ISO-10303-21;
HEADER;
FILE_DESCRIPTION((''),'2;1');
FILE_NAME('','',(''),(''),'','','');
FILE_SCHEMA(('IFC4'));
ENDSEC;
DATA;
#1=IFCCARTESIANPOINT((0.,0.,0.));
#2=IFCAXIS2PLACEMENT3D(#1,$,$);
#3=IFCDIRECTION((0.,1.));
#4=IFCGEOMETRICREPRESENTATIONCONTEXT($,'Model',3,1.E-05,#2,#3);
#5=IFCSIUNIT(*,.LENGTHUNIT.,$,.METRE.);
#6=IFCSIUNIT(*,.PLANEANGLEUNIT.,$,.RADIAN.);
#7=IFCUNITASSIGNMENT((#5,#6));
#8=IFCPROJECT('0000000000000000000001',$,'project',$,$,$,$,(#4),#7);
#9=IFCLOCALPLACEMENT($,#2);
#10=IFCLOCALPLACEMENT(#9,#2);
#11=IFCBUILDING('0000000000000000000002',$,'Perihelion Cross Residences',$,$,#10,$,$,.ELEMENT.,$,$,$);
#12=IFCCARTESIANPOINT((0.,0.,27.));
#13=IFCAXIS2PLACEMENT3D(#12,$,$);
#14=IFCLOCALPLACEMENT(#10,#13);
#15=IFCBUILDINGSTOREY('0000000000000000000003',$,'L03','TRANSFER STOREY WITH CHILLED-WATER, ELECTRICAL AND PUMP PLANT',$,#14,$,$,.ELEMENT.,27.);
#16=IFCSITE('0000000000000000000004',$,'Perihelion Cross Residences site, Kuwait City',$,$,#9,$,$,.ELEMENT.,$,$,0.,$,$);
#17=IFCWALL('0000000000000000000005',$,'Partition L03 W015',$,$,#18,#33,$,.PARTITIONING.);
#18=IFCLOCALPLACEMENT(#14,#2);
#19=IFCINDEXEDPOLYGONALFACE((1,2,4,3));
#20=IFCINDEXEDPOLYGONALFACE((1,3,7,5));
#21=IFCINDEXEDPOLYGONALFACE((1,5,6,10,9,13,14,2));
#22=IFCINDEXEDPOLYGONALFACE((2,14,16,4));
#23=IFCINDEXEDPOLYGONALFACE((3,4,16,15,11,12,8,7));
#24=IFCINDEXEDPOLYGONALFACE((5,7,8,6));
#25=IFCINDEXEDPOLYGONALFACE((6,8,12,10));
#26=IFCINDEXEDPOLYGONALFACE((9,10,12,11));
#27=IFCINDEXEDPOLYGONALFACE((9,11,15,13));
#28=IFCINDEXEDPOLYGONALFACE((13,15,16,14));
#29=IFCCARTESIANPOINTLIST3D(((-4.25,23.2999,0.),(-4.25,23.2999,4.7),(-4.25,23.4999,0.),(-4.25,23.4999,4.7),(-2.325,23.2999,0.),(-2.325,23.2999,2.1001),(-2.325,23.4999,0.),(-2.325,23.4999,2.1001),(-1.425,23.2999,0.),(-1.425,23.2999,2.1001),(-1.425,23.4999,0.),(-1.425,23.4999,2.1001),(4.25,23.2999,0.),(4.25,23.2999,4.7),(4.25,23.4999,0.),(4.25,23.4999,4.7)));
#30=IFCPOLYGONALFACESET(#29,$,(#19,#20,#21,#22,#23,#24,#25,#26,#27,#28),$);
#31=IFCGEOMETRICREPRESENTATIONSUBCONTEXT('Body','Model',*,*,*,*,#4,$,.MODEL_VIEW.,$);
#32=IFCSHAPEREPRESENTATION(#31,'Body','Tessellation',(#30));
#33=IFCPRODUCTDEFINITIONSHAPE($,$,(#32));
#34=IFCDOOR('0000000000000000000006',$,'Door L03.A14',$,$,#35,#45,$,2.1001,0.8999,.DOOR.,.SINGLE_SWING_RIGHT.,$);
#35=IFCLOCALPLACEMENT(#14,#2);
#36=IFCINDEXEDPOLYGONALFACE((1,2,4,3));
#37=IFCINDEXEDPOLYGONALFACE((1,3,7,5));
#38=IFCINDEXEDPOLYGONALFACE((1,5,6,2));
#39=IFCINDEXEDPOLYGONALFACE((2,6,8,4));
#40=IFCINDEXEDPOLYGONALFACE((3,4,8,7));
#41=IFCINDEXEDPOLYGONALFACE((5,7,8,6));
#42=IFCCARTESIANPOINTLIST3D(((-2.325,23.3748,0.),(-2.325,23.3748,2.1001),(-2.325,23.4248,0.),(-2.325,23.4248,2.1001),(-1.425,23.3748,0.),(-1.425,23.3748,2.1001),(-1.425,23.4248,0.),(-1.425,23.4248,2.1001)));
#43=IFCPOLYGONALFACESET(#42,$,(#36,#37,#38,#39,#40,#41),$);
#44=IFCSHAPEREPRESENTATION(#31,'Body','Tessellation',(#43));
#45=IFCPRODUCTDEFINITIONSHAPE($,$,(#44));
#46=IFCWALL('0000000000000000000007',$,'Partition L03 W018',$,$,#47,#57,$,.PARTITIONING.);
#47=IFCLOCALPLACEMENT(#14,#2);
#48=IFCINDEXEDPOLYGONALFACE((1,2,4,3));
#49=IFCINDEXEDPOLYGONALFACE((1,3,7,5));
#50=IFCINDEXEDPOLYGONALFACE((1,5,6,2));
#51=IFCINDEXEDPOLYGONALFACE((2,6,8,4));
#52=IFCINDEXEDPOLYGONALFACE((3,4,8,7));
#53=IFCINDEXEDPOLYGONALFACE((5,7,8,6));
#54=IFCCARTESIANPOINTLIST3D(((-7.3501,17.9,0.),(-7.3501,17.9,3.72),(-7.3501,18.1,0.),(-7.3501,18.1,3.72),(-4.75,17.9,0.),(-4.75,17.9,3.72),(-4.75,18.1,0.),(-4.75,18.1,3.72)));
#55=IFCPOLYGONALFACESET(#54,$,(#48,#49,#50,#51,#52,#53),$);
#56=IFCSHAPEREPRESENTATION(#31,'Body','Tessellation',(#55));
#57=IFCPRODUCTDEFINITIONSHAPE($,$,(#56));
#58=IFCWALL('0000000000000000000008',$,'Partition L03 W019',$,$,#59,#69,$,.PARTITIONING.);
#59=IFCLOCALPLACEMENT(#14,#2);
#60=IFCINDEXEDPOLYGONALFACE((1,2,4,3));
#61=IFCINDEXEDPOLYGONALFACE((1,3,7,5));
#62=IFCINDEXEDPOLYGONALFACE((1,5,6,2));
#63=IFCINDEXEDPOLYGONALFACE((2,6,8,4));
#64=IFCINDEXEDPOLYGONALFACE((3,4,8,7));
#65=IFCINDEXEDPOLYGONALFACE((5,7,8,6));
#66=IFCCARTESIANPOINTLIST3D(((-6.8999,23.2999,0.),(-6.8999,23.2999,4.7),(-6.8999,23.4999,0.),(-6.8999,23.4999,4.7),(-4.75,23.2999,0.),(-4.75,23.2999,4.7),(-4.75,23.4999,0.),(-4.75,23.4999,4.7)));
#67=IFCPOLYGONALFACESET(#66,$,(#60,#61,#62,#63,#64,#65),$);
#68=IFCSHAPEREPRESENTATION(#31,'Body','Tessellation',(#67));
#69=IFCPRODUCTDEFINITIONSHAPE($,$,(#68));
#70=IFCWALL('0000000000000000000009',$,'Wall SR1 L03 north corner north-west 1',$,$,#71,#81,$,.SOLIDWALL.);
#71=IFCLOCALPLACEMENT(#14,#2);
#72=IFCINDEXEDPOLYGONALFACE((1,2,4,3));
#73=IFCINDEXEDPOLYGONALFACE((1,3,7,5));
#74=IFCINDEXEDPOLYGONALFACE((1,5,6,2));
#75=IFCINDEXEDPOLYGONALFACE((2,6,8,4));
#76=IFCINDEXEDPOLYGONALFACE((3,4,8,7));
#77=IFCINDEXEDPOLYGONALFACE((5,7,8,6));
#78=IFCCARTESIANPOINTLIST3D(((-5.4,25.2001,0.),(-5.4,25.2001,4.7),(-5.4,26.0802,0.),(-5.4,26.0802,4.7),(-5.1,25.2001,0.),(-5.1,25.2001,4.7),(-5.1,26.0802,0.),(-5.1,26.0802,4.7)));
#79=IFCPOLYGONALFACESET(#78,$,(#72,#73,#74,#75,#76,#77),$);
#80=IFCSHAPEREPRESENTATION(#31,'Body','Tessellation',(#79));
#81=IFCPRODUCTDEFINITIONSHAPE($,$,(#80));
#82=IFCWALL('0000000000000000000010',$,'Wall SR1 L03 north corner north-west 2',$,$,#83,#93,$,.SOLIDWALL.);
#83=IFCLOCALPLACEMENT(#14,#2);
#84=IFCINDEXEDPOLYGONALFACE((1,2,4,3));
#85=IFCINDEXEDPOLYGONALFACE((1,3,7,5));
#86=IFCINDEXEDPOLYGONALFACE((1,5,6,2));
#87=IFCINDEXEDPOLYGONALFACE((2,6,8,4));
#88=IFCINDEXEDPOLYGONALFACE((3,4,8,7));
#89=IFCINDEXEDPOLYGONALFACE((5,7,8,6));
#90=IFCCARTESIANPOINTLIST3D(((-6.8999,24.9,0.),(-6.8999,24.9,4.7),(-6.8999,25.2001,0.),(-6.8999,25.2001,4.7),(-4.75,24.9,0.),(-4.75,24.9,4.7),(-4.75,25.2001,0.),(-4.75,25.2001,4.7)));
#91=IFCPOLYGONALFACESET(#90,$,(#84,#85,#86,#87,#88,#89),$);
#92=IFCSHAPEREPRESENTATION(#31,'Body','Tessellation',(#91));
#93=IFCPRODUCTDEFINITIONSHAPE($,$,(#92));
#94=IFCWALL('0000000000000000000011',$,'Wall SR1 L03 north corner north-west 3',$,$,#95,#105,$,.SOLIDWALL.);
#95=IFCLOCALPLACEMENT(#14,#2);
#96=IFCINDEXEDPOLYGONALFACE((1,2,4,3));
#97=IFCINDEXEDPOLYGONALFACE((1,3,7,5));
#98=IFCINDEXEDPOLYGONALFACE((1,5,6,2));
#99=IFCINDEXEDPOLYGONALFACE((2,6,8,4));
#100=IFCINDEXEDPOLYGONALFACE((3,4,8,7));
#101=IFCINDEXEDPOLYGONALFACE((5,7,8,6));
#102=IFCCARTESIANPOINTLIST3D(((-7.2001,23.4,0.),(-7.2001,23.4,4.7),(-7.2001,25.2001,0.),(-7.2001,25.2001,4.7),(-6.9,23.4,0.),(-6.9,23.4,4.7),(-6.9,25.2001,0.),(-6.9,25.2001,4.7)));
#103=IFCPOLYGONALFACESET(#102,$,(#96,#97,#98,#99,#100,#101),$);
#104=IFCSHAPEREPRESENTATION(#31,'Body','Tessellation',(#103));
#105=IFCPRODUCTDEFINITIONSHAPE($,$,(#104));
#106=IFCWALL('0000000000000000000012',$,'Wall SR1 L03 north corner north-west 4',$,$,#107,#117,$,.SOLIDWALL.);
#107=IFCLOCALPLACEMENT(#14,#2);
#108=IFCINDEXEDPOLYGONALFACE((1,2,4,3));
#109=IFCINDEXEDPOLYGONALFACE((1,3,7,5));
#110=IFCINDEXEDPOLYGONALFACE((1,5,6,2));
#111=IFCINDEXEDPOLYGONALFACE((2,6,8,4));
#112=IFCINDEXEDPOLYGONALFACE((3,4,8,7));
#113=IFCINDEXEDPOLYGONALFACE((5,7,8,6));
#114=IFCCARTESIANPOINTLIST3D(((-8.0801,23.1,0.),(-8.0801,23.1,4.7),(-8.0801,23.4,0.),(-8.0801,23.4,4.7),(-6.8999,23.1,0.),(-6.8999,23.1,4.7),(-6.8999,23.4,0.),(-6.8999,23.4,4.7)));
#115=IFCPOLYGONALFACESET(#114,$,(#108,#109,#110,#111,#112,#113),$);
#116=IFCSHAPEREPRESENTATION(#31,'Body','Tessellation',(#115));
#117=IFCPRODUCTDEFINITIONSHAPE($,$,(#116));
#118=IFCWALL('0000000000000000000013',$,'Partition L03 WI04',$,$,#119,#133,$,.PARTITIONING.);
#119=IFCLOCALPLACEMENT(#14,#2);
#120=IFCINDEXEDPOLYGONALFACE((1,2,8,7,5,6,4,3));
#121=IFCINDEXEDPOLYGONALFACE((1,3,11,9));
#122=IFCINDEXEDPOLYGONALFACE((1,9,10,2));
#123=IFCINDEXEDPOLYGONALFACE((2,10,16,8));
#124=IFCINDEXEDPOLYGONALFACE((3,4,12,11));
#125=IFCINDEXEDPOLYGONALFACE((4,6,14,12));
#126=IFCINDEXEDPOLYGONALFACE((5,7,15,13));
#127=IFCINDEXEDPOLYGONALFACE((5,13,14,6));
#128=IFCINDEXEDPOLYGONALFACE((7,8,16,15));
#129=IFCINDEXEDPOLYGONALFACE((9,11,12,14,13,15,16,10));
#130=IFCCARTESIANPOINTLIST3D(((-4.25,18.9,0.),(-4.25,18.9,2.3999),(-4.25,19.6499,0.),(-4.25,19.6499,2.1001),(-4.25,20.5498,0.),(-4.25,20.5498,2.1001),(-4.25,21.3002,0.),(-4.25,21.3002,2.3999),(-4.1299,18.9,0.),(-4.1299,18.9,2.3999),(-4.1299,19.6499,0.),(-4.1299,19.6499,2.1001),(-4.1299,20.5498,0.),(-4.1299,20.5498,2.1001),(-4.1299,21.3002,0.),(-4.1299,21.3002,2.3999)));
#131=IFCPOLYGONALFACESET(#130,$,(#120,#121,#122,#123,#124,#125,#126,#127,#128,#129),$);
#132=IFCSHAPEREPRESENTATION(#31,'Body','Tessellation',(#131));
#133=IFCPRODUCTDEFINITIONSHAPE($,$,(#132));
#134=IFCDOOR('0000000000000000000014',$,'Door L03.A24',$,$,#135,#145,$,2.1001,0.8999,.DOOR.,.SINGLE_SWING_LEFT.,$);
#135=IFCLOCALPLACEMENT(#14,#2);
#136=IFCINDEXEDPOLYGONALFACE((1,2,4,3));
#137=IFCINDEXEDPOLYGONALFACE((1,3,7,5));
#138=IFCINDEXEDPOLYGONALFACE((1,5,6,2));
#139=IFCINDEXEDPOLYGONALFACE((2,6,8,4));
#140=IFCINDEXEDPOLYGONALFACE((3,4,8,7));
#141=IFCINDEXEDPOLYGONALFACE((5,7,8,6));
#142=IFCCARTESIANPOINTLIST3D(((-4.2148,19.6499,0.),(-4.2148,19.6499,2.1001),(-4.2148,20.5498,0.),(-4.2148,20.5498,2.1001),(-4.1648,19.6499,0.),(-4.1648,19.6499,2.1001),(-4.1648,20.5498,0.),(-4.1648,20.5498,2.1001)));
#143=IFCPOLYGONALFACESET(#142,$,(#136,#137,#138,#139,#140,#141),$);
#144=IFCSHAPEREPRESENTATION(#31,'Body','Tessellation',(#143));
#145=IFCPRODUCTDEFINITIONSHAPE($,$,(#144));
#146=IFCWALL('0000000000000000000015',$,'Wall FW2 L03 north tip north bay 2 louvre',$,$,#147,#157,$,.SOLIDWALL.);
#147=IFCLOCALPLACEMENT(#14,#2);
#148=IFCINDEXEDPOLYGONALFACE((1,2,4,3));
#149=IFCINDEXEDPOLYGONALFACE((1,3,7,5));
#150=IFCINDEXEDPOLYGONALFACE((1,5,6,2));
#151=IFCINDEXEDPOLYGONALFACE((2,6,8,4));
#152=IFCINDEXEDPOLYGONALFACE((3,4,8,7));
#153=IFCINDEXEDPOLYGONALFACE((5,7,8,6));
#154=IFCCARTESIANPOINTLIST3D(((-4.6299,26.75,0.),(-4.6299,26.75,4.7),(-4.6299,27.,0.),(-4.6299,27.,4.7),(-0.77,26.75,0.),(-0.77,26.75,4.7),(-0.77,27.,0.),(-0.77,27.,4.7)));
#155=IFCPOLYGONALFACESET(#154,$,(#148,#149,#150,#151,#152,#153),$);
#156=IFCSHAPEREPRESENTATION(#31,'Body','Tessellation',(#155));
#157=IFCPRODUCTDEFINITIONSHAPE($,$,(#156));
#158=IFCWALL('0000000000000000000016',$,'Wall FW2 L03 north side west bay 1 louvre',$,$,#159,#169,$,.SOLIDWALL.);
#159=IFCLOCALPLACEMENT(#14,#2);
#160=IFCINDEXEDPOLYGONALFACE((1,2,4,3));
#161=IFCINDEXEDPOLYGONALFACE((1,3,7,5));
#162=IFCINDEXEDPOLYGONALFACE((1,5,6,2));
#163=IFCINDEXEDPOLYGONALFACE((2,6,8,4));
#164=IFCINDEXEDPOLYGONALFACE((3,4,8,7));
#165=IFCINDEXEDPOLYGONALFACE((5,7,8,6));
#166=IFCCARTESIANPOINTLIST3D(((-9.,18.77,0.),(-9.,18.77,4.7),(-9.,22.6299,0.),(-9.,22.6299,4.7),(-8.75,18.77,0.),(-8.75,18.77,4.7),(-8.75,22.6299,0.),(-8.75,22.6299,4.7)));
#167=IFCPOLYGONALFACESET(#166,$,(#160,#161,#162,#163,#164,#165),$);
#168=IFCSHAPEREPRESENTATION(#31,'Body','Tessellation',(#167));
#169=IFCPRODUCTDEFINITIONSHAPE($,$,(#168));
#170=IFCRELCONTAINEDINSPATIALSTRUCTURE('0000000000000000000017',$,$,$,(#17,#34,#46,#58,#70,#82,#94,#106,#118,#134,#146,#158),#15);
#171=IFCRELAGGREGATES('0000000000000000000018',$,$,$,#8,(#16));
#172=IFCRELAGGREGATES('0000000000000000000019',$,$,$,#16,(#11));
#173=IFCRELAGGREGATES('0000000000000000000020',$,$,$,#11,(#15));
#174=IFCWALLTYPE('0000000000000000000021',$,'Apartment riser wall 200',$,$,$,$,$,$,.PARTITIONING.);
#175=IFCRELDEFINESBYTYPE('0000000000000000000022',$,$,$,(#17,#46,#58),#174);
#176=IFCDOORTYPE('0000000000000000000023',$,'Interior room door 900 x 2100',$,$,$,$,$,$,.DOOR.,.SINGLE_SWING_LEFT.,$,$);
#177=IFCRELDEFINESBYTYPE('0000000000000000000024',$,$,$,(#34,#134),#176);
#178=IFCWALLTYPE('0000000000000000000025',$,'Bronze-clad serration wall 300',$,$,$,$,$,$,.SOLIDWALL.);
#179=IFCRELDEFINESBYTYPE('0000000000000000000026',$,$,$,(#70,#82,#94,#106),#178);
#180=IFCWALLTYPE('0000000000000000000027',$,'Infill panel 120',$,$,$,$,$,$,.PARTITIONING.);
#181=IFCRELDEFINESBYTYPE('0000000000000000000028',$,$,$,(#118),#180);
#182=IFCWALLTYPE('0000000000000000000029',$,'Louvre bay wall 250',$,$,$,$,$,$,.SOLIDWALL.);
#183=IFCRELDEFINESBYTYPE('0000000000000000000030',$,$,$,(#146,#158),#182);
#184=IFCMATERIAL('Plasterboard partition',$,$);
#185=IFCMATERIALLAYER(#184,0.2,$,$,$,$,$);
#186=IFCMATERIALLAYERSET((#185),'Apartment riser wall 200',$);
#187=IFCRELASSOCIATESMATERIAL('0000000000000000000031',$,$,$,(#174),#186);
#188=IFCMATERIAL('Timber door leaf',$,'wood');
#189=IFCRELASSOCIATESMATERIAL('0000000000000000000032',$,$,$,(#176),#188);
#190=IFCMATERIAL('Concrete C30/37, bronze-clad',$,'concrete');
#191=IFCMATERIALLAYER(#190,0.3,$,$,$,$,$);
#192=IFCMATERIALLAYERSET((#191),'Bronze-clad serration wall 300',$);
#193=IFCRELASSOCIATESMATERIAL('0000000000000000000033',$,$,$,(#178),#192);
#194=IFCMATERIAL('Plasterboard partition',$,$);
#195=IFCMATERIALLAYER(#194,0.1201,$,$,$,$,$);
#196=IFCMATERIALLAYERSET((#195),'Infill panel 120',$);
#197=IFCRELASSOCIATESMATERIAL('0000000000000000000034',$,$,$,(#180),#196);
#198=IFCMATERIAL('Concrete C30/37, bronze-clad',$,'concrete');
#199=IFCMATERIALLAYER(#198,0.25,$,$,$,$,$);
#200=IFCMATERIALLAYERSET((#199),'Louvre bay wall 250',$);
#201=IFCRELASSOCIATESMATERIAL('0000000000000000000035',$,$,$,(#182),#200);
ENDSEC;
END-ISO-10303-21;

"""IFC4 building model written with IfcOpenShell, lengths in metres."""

from ifc_helpers import new_model, si_unit, direction, frame, frame_2d, origin, place, context, subcontext, project, spatial, rectangle, extrude, material, layer, layer_set, type_object, element, fill, save


model = new_model("IFC4")

# Units and contexts
model_context = context("Model", 3, precision=1e-05, world=origin(), true_north=direction((0.0, 1.0)))
body_context = subcontext(model_context, "Body", "Model", "MODEL_VIEW")
ifc_project = project(units=[si_unit("LENGTHUNIT", "METRE"), si_unit("PLANEANGLEUNIT", "RADIAN")], contexts=[model_context])

# Site, building, storey
site_placement = place(None, origin())
site = spatial("IfcSite", under=ifc_project, at=site_placement, Name="Perihelion Cross Residences site, Kuwait City", CompositionType="ELEMENT", RefElevation=0.0)
building_placement = place(site_placement, origin())
building = spatial("IfcBuilding", under=site, at=building_placement, Name="Perihelion Cross Residences", CompositionType="ELEMENT")
storey_placement = place(building_placement, frame((0.0, 0.0, 27.0)))
storey = spatial("IfcBuildingStorey", under=building, at=storey_placement, Name="L03", Description="TRANSFER STOREY WITH CHILLED-WATER, ELECTRICAL AND PUMP PLANT", CompositionType="ELEMENT", Elevation=27.0)

# Wall, opening, door
ifc_material_1 = material(Name="Plasterboard partition")
ifc_layer_1 = layer(ifc_material_1, 0.2)
ifc_layer_set_1 = layer_set([ifc_layer_1], Name="Apartment riser wall 200")
wall_type_1 = type_object("IfcWallType", Name="Apartment riser wall 200", PredefinedType="PARTITIONING", material=ifc_layer_set_1)
ifc_material_2 = material(Name="Timber door leaf", Category="wood")
door_type = type_object("IfcDoorType", Name="Interior room door 900 x 2100", OperationType="SINGLE_SWING_LEFT", PredefinedType="DOOR", material=ifc_material_2)
wall_1_placement = place(storey_placement, frame((-4.25, 23.3999, 0.0), z_axis=(0.0, 0.0, 1.0), x_axis=(1.0, 0.0, 0.0)))
wall_1 = element("IfcWall", 1, at=wall_1_placement, inside=storey, type_object=wall_type_1, Name="Partition L03 W015", PredefinedType="PARTITIONING", context=body_context, shape_type="SweptSolid", body=[
    extrude(rectangle(XDim=8.5, YDim=0.2, at=frame_2d((4.25, 0.0))), origin(), (0.0, 0.0, 1.0), 4.7),
])
opening_1_placement = place(wall_1_placement, frame((1.925, 0.0, 0.0)))
opening_1 = element("IfcOpeningElement", 2, at=opening_1_placement, cuts=wall_1, PredefinedType="OPENING", context=body_context, shape_type="SweptSolid", body=[
    extrude(rectangle(XDim=0.8999, YDim=2.1001, at=frame_2d((0.45, 1.05))), frame((0.0, 0.1099, 0.0), z_axis=(0.0, -1.0, 0.0), x_axis=(1.0, 0.0, 0.0)), (0.0, 0.0, 1.0), 0.22),
])
door_1_placement = place(opening_1_placement, origin())
door_1 = element("IfcDoor", 3, at=door_1_placement, inside=storey, type_object=door_type, Name="Door L03.A14", OperationType="SINGLE_SWING_RIGHT", OverallHeight=2.1001, OverallWidth=0.8999, PredefinedType="DOOR", context=body_context, shape_type="SweptSolid", body=[
    extrude(rectangle(XDim=0.8999, YDim=2.1001, at=frame_2d((0.45, 1.05))), frame((0.0, 0.0249, 0.0), z_axis=(0.0, -1.0, 0.0), x_axis=(1.0, 0.0, 0.0)), (0.0, 0.0, 1.0), 0.05),
])
fill(opening_1, door_1)

# Walls
wall_2_placement = place(storey_placement, frame((-7.3501, 18.0, 0.0), z_axis=(0.0, 0.0, 1.0), x_axis=(1.0, 0.0, 0.0)))
element("IfcWall", 4, at=wall_2_placement, inside=storey, type_object=wall_type_1, Name="Partition L03 W018", PredefinedType="PARTITIONING", context=body_context, shape_type="SweptSolid", body=[
    extrude(rectangle(XDim=2.6001, YDim=0.2, at=frame_2d((1.3, 0.0))), origin(), (0.0, 0.0, 1.0), 3.72),
])
wall_3_placement = place(storey_placement, frame((-6.8999, 23.3999, 0.0), z_axis=(0.0, 0.0, 1.0), x_axis=(1.0, 0.0, 0.0)))
element("IfcWall", 5, at=wall_3_placement, inside=storey, type_object=wall_type_1, Name="Partition L03 W019", PredefinedType="PARTITIONING", context=body_context, shape_type="SweptSolid", body=[
    extrude(rectangle(XDim=2.1499, YDim=0.2, at=frame_2d((1.075, 0.0))), origin(), (0.0, 0.0, 1.0), 4.7),
])
ifc_material_3 = material(Name="Concrete C30/37, bronze-clad", Category="concrete")
ifc_layer_2 = layer(ifc_material_3, 0.3)
ifc_layer_set_2 = layer_set([ifc_layer_2], Name="Bronze-clad serration wall 300")
wall_type_2 = type_object("IfcWallType", Name="Bronze-clad serration wall 300", PredefinedType="SOLIDWALL", material=ifc_layer_set_2)
wall_4_placement = place(storey_placement, frame((-5.25, 26.0801, 0.0), z_axis=(0.0, 0.0, 1.0), x_axis=(0.0, -1.0, 0.0)))
element("IfcWall", 6, at=wall_4_placement, inside=storey, type_object=wall_type_2, Name="Wall SR1 L03 north corner north-west 1", PredefinedType="SOLIDWALL", context=body_context, shape_type="SweptSolid", body=[
    extrude(rectangle(XDim=0.8801, YDim=0.3, at=frame_2d((0.4399, 0.0))), origin(), (0.0, 0.0, 1.0), 4.7),
])
wall_5_placement = place(storey_placement, frame((-4.75, 25.05, 0.0), z_axis=(0.0, 0.0, 1.0), x_axis=(-1.0, 0.0, 0.0)))
element("IfcWall", 7, at=wall_5_placement, inside=storey, type_object=wall_type_2, Name="Wall SR1 L03 north corner north-west 2", PredefinedType="SOLIDWALL", context=body_context, shape_type="SweptSolid", body=[
    extrude(rectangle(XDim=2.1499, YDim=0.3, at=frame_2d((1.075, 0.0))), origin(), (0.0, 0.0, 1.0), 4.7),
])
wall_6_placement = place(storey_placement, frame((-7.05, 25.2, 0.0), z_axis=(0.0, 0.0, 1.0), x_axis=(0.0, -1.0, 0.0)))
element("IfcWall", 8, at=wall_6_placement, inside=storey, type_object=wall_type_2, Name="Wall SR1 L03 north corner north-west 3", PredefinedType="SOLIDWALL", context=body_context, shape_type="SweptSolid", body=[
    extrude(rectangle(XDim=1.8, YDim=0.3, at=frame_2d((0.8999, 0.0))), origin(), (0.0, 0.0, 1.0), 4.7),
])
wall_7_placement = place(storey_placement, frame((-6.8999, 23.25, 0.0), z_axis=(0.0, 0.0, 1.0), x_axis=(-1.0, 0.0, 0.0)))
element("IfcWall", 9, at=wall_7_placement, inside=storey, type_object=wall_type_2, Name="Wall SR1 L03 north corner north-west 4", PredefinedType="SOLIDWALL", context=body_context, shape_type="SweptSolid", body=[
    extrude(rectangle(XDim=1.1802, YDim=0.3, at=frame_2d((0.5901, 0.0))), origin(), (0.0, 0.0, 1.0), 4.7),
])

# Wall, opening, door
ifc_material_4 = material(Name="Plasterboard partition")
ifc_layer_3 = layer(ifc_material_4, 0.1201)
ifc_layer_set_3 = layer_set([ifc_layer_3], Name="Infill panel 120")
wall_type_3 = type_object("IfcWallType", Name="Infill panel 120", PredefinedType="PARTITIONING", material=ifc_layer_set_3)
wall_8_placement = place(storey_placement, frame((-4.1899, 18.8999, 0.0), z_axis=(0.0, 0.0, 1.0), x_axis=(0.0, 1.0, 0.0)))
wall_8 = element("IfcWall", 10, at=wall_8_placement, inside=storey, type_object=wall_type_3, Name="Partition L03 WI04", PredefinedType="PARTITIONING", context=body_context, shape_type="SweptSolid", body=[
    extrude(rectangle(XDim=2.4001, YDim=0.1201, at=frame_2d((1.2002, 0.0))), origin(), (0.0, 0.0, 1.0), 2.3999),
])
opening_2_placement = place(wall_8_placement, frame((0.75, 0.0, 0.0)))
opening_2 = element("IfcOpeningElement", 11, at=opening_2_placement, cuts=wall_8, PredefinedType="OPENING", context=body_context, shape_type="SweptSolid", body=[
    extrude(rectangle(XDim=0.8999, YDim=2.1001, at=frame_2d((0.45, 1.05))), frame((0.0, 0.0701, 0.0), z_axis=(0.0, -1.0, 0.0), x_axis=(1.0, 0.0, 0.0)), (0.0, 0.0, 1.0), 0.1401),
])
door_2_placement = place(opening_2_placement, origin())
door_2 = element("IfcDoor", 12, at=door_2_placement, inside=storey, type_object=door_type, Name="Door L03.A24", OperationType="SINGLE_SWING_LEFT", OverallHeight=2.1001, OverallWidth=0.8999, PredefinedType="DOOR", context=body_context, shape_type="SweptSolid", body=[
    extrude(rectangle(XDim=0.8999, YDim=2.1001, at=frame_2d((0.45, 1.05))), frame((0.0, 0.0249, 0.0), z_axis=(0.0, -1.0, 0.0), x_axis=(1.0, 0.0, 0.0)), (0.0, 0.0, 1.0), 0.05),
])
fill(opening_2, door_2)

# Walls
ifc_material_5 = material(Name="Concrete C30/37, bronze-clad", Category="concrete")
ifc_layer_4 = layer(ifc_material_5, 0.25)
ifc_layer_set_4 = layer_set([ifc_layer_4], Name="Louvre bay wall 250")
wall_type_4 = type_object("IfcWallType", Name="Louvre bay wall 250", PredefinedType="SOLIDWALL", material=ifc_layer_set_4)
for number, where, z_axis, x_axis, name in (
    (13, (-0.77, 26.875, 0.0), (0.0, 0.0, 1.0), (-1.0, 0.0, 0.0), "Wall FW2 L03 north tip north bay 2 louvre"),
    (14, (-8.875, 22.6299, 0.0), (0.0, 0.0, 1.0), (0.0, -1.0, 0.0), "Wall FW2 L03 north side west bay 1 louvre"),
):
    element("IfcWall", number, at=place(storey_placement, frame(where, z_axis=z_axis, x_axis=x_axis)), inside=storey, type_object=wall_type_4, Name=name, PredefinedType="SOLIDWALL", context=body_context, shape_type="SweptSolid", body=[
        extrude(rectangle(XDim=3.8599, YDim=0.25, at=frame_2d((1.9299, 0.0))), origin(), (0.0, 0.0, 1.0), 4.7),
    ])

save(model, "model.ifc")
